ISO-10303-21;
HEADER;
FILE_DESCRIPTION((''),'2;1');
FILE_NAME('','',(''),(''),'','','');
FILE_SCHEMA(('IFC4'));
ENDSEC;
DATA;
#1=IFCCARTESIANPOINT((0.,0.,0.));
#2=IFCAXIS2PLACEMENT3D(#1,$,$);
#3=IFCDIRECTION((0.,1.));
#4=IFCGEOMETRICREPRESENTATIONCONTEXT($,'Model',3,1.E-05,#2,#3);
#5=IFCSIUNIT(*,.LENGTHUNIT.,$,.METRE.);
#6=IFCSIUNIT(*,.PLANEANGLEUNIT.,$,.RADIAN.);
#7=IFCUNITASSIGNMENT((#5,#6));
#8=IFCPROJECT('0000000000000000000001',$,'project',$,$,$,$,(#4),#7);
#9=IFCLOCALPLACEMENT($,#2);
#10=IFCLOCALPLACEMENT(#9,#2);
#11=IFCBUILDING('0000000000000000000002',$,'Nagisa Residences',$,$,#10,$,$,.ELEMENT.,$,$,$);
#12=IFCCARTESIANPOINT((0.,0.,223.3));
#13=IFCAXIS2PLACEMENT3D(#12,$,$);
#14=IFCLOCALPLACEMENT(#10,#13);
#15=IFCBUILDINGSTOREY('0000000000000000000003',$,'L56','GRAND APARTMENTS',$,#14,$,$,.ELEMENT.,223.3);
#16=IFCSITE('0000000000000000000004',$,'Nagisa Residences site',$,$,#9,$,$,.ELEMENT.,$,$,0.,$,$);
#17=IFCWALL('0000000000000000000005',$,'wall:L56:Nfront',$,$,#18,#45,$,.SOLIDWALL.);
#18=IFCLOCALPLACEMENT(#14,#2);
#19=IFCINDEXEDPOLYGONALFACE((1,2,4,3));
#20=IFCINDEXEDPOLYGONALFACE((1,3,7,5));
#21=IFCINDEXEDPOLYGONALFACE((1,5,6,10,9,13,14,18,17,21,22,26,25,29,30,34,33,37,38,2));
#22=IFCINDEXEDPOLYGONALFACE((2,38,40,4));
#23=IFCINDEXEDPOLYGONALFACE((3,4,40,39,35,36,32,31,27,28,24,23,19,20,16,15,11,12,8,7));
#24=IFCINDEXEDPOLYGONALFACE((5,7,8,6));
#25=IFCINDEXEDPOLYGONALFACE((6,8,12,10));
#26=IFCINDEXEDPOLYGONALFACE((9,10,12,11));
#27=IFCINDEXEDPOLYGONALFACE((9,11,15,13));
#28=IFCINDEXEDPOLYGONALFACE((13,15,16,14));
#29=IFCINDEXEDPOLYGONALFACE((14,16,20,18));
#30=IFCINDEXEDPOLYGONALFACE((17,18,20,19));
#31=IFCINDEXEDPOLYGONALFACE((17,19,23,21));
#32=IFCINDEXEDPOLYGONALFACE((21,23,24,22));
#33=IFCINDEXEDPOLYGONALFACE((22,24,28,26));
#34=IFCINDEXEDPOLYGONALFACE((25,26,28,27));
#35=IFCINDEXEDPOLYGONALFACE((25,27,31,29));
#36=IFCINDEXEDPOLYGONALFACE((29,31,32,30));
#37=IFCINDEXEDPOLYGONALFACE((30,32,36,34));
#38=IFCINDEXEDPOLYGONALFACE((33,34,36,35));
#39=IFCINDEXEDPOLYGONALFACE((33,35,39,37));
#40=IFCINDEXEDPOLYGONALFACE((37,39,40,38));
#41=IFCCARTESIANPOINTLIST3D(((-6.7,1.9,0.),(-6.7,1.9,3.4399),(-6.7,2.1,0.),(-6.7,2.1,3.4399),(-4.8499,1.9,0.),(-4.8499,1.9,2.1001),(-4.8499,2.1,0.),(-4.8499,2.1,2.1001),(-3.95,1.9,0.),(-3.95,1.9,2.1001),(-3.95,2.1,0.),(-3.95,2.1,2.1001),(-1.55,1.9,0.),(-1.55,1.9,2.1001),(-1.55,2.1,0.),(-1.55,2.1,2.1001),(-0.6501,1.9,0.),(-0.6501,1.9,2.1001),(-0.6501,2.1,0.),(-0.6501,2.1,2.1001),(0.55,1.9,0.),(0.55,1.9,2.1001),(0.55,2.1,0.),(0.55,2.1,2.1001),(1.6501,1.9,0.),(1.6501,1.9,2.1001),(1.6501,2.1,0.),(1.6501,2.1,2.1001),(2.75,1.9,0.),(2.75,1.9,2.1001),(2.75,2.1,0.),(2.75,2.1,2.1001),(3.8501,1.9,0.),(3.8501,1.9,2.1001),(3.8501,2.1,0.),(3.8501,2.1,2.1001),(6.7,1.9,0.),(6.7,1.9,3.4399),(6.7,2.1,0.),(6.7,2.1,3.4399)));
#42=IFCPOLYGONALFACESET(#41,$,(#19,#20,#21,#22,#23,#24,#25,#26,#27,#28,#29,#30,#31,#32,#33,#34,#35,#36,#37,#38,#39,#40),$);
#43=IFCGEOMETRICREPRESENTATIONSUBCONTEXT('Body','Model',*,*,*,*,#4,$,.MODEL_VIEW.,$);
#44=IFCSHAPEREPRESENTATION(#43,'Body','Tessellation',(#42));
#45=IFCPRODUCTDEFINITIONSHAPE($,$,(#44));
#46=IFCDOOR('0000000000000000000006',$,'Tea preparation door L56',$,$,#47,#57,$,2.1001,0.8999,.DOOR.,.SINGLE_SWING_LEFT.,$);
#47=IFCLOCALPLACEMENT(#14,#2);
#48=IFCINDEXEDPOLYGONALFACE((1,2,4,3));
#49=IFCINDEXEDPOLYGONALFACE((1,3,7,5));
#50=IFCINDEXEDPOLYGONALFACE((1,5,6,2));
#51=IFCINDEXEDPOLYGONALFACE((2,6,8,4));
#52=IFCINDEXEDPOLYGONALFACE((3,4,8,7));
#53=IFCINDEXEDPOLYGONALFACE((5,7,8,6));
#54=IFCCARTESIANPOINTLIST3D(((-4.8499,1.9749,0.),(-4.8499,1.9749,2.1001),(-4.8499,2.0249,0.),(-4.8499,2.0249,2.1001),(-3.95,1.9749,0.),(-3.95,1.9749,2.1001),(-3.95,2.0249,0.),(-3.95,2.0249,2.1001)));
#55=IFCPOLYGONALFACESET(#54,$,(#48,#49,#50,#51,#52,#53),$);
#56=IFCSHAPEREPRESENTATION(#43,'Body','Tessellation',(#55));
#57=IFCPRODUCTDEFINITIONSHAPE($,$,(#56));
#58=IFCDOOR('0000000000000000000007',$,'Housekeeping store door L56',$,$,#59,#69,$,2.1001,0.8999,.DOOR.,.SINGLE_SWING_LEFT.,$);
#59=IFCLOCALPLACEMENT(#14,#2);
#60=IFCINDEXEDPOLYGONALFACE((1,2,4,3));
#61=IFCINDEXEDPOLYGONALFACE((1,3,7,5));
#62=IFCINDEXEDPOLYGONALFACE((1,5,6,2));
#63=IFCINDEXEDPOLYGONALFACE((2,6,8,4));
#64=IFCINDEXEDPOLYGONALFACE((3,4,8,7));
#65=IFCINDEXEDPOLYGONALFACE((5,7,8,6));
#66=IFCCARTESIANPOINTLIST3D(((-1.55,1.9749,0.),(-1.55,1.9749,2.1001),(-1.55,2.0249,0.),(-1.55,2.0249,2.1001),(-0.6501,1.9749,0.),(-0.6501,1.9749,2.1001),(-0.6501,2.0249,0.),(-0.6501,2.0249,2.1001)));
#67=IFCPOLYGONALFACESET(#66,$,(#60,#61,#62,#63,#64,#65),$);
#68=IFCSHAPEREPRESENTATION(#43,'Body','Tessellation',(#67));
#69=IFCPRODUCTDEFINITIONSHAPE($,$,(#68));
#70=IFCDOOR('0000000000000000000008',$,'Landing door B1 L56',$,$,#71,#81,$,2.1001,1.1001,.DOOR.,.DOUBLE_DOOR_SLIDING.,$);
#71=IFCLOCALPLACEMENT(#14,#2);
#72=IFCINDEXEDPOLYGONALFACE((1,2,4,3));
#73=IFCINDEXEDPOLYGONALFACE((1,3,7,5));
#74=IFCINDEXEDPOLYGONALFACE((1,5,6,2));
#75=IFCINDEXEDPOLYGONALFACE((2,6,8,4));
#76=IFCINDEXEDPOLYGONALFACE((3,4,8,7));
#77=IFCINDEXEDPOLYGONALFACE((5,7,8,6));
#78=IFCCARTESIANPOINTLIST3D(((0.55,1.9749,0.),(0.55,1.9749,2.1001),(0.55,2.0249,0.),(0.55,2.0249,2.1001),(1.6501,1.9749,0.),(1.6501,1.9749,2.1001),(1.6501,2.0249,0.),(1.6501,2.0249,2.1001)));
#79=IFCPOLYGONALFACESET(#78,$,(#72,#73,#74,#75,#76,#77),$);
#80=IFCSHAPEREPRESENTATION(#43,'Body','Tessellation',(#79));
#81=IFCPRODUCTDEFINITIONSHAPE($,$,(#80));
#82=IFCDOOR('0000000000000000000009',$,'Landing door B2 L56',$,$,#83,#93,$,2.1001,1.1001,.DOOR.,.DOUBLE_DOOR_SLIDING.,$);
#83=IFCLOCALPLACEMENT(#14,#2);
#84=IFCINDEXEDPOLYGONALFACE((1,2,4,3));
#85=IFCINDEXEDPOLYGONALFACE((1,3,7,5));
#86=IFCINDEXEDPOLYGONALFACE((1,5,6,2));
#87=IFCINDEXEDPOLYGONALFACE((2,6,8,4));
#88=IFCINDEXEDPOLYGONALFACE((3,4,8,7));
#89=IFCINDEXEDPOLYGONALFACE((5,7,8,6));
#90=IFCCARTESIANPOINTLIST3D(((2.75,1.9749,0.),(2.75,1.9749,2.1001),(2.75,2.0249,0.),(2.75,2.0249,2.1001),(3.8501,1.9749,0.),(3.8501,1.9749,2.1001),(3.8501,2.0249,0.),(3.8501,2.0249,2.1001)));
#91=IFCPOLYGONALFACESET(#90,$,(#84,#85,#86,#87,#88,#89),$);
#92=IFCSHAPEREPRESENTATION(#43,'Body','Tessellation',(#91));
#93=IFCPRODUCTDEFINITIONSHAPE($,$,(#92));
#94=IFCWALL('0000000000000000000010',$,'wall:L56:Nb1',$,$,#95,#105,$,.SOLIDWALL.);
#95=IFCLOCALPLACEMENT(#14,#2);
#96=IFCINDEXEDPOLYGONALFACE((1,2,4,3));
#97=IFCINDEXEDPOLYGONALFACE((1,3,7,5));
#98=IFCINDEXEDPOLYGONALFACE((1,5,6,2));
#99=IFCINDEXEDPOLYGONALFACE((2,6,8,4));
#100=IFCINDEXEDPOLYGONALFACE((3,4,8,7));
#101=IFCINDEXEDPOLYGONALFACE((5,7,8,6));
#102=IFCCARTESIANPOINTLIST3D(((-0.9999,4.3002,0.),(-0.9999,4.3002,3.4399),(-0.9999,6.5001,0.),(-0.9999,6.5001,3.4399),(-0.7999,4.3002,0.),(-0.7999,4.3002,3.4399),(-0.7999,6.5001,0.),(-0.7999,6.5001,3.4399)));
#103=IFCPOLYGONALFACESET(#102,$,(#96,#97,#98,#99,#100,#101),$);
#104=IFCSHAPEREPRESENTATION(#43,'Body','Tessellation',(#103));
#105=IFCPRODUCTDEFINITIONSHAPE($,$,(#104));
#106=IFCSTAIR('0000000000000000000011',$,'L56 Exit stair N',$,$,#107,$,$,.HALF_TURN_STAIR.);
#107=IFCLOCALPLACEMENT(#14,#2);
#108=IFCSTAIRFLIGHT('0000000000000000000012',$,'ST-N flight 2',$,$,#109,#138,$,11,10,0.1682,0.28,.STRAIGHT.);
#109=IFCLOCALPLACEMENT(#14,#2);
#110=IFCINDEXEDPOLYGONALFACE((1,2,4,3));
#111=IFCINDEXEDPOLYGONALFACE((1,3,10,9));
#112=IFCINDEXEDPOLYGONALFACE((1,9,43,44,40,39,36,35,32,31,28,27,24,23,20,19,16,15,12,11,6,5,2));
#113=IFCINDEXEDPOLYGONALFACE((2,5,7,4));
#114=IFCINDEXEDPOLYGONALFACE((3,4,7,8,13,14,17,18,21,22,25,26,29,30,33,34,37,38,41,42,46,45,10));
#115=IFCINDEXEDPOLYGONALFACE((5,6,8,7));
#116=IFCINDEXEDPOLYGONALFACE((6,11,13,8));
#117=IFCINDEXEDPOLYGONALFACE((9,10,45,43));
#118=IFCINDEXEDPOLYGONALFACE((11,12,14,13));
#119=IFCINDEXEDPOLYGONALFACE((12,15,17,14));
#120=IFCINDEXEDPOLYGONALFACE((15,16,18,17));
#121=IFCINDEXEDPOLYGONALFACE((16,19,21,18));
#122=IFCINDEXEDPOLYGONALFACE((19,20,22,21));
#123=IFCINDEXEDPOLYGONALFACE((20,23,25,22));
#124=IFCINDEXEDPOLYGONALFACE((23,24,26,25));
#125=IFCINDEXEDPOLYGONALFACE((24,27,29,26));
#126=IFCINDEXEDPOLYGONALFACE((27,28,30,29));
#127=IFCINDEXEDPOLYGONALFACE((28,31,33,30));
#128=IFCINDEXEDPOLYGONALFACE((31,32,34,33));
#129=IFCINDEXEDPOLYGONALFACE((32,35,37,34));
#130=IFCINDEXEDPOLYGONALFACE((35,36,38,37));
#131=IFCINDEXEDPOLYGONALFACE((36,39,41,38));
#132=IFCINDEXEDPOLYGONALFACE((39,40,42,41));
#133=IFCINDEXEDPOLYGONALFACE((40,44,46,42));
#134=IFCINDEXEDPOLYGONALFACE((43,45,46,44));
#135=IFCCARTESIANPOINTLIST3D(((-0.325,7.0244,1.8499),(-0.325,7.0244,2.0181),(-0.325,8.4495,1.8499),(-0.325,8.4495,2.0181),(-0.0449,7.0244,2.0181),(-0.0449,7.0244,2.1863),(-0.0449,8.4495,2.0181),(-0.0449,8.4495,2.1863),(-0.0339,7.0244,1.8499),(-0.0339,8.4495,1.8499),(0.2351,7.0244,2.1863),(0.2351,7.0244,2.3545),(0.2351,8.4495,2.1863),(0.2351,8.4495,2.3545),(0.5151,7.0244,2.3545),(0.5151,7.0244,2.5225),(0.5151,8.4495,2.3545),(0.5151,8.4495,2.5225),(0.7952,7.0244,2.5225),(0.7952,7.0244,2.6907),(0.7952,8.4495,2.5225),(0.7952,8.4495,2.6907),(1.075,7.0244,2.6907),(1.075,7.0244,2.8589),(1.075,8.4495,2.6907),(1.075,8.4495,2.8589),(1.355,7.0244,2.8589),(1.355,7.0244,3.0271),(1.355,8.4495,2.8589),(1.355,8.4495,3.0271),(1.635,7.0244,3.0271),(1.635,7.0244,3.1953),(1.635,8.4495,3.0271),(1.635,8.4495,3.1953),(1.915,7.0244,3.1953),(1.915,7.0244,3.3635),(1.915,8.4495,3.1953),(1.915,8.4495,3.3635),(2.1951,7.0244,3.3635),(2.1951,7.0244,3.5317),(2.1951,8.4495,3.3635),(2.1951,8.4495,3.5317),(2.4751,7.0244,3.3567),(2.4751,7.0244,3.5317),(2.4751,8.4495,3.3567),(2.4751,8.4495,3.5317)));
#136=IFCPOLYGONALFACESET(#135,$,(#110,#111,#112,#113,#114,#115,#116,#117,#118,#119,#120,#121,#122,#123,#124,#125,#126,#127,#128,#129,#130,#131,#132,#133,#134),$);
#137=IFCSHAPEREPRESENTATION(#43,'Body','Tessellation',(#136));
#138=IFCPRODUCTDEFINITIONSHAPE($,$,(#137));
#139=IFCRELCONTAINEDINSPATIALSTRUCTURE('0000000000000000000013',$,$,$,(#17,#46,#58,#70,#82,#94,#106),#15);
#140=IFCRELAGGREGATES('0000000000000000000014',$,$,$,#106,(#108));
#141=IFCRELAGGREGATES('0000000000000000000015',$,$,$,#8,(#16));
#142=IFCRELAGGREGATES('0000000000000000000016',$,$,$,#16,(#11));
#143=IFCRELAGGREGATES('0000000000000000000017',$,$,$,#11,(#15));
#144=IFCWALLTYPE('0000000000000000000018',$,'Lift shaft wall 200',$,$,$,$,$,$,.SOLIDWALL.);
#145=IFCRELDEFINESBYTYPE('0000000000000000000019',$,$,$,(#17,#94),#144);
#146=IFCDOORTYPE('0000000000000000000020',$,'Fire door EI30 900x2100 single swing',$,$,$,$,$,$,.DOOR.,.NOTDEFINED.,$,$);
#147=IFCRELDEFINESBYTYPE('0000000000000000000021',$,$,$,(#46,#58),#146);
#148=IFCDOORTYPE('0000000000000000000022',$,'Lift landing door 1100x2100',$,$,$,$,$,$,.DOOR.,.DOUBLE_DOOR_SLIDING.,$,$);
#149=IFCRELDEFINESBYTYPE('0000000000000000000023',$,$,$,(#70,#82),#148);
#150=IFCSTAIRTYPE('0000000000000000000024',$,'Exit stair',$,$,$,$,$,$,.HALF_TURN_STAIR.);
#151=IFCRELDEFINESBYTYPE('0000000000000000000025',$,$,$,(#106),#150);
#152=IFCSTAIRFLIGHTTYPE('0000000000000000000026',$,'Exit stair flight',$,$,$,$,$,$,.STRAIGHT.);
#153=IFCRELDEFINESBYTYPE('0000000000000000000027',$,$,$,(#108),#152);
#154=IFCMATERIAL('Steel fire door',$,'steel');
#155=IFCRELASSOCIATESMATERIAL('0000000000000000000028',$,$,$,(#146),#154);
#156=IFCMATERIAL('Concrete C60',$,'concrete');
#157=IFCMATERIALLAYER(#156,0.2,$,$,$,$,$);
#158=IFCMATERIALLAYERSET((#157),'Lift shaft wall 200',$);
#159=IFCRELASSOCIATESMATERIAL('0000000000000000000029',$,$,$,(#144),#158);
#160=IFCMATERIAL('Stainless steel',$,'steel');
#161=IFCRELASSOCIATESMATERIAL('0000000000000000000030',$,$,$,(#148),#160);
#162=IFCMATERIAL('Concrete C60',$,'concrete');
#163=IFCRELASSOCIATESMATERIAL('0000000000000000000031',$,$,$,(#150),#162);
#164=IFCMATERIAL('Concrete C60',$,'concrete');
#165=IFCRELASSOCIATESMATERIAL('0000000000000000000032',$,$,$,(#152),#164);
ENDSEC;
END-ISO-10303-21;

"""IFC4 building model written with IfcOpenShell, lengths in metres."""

from ifc_helpers import new_model, si_unit, direction, frame, frame_2d, origin, place, context, subcontext, project, spatial, polyline, rectangle, outline, extrude, material, layer, layer_set, type_object, element, fill, aggregate, save


model = new_model("IFC4")

# Units and contexts
model_context = context("Model", 3, precision=1e-05, world=origin(), true_north=direction((0.0, 1.0)))
body_context = subcontext(model_context, "Body", "Model", "MODEL_VIEW")
ifc_project = project(units=[si_unit("LENGTHUNIT", "METRE"), si_unit("PLANEANGLEUNIT", "RADIAN")], contexts=[model_context])

# Site, building, storey
site_placement = place(None, origin())
site = spatial("IfcSite", under=ifc_project, at=site_placement, Name="Nagisa Residences site", CompositionType="ELEMENT", RefElevation=0.0)
building_placement = place(site_placement, origin())
building = spatial("IfcBuilding", under=site, at=building_placement, Name="Nagisa Residences", CompositionType="ELEMENT")
storey_placement = place(building_placement, frame((0.0, 0.0, 223.3)))
storey = spatial("IfcBuildingStorey", under=building, at=storey_placement, Name="L56", Description="GRAND APARTMENTS", CompositionType="ELEMENT", Elevation=223.3)

# Shared definitions
ifc_material_1 = material(Name="Steel fire door", Category="steel")
door_type_1 = type_object("IfcDoorType", Name="Fire door EI30 900x2100 single swing", OperationType="NOTDEFINED", PredefinedType="DOOR", material=ifc_material_1)

# Shared definitions
ifc_material_2 = material(Name="Concrete C60", Category="concrete")
ifc_layer_1 = layer(ifc_material_2, 0.2)
ifc_layer_set_1 = layer_set([ifc_layer_1], Name="Lift shaft wall 200")
wall_type_1 = type_object("IfcWallType", Name="Lift shaft wall 200", PredefinedType="SOLIDWALL", material=ifc_layer_set_1)
ifc_material_3 = material(Name="Stainless steel", Category="steel")
door_type_2 = type_object("IfcDoorType", Name="Lift landing door 1100x2100", OperationType="DOUBLE_DOOR_SLIDING", PredefinedType="DOOR", material=ifc_material_3)

# Wall, openings, doors
wall_1_placement = place(storey_placement, frame((-6.7, 2.0, 0.0), z_axis=(0.0, 0.0, 1.0), x_axis=(1.0, 0.0, 0.0)))
wall_1 = element("IfcWall", 1, at=wall_1_placement, inside=storey, type_object=wall_type_1, Name="wall:L56:Nfront", PredefinedType="SOLIDWALL", context=body_context, shape_type="SweptSolid", body=[
    extrude(rectangle(XDim=13.3999, YDim=0.2, at=frame_2d((6.7, 0.0))), origin(), (0.0, 0.0, 1.0), 3.4399),
])
opening_1_placement = place(wall_1_placement, frame((7.25, 0.0, 0.0)))
opening_1 = element("IfcOpeningElement", 2, at=opening_1_placement, cuts=wall_1, PredefinedType="OPENING", context=body_context, shape_type="SweptSolid", body=[
    extrude(rectangle(XDim=1.1001, YDim=2.1001, at=frame_2d((0.55, 1.05))), frame((0.0, 0.1099, 0.0), z_axis=(0.0, -1.0, 0.0), x_axis=(1.0, 0.0, 0.0)), (0.0, 0.0, 1.0), 0.22),
])
opening_2_placement = place(wall_1_placement, frame((9.45, 0.0, 0.0)))
opening_2 = element("IfcOpeningElement", 3, at=opening_2_placement, cuts=wall_1, PredefinedType="OPENING", context=body_context, shape_type="SweptSolid", body=[
    extrude(rectangle(XDim=1.1001, YDim=2.1001, at=frame_2d((0.55, 1.05))), frame((0.0, 0.1099, 0.0), z_axis=(0.0, -1.0, 0.0), x_axis=(1.0, 0.0, 0.0)), (0.0, 0.0, 1.0), 0.22),
])
opening_3_placement = place(wall_1_placement, frame((1.8501, 0.0, 0.0)))
opening_3 = element("IfcOpeningElement", 4, at=opening_3_placement, cuts=wall_1, PredefinedType="OPENING", context=body_context, shape_type="SweptSolid", body=[
    extrude(rectangle(XDim=0.8999, YDim=2.1001, at=frame_2d((0.45, 1.05))), frame((0.0, 0.1099, 0.0), z_axis=(0.0, -1.0, 0.0), x_axis=(1.0, 0.0, 0.0)), (0.0, 0.0, 1.0), 0.22),
])
opening_4_placement = place(wall_1_placement, frame((5.1499, 0.0, 0.0)))
opening_4 = element("IfcOpeningElement", 5, at=opening_4_placement, cuts=wall_1, PredefinedType="OPENING", context=body_context, shape_type="SweptSolid", body=[
    extrude(rectangle(XDim=0.8999, YDim=2.1001, at=frame_2d((0.45, 1.05))), frame((0.0, 0.1099, 0.0), z_axis=(0.0, -1.0, 0.0), x_axis=(1.0, 0.0, 0.0)), (0.0, 0.0, 1.0), 0.22),
])
door_1_placement = place(opening_3_placement, origin())
door_1 = element("IfcDoor", 6, at=door_1_placement, inside=storey, type_object=door_type_1, Name="Tea preparation door L56", OperationType="SINGLE_SWING_LEFT", OverallHeight=2.1001, OverallWidth=0.8999, PredefinedType="DOOR", context=body_context, shape_type="SweptSolid", body=[
    extrude(rectangle(XDim=0.8999, YDim=2.1001, at=frame_2d((0.45, 1.05))), frame((0.0, 0.0249, 0.0), z_axis=(0.0, -1.0, 0.0), x_axis=(1.0, 0.0, 0.0)), (0.0, 0.0, 1.0), 0.05),
])
fill(opening_3, door_1)
door_2_placement = place(opening_4_placement, origin())
door_2 = element("IfcDoor", 7, at=door_2_placement, inside=storey, type_object=door_type_1, Name="Housekeeping store door L56", OperationType="SINGLE_SWING_LEFT", OverallHeight=2.1001, OverallWidth=0.8999, PredefinedType="DOOR", context=body_context, shape_type="SweptSolid", body=[
    extrude(rectangle(XDim=0.8999, YDim=2.1001, at=frame_2d((0.45, 1.05))), frame((0.0, 0.0249, 0.0), z_axis=(0.0, -1.0, 0.0), x_axis=(1.0, 0.0, 0.0)), (0.0, 0.0, 1.0), 0.05),
])
fill(opening_4, door_2)
door_3_placement = place(opening_1_placement, origin())
door_3 = element("IfcDoor", 8, at=door_3_placement, inside=storey, type_object=door_type_2, Name="Landing door B1 L56", OperationType="DOUBLE_DOOR_SLIDING", OverallHeight=2.1001, OverallWidth=1.1001, PredefinedType="DOOR", context=body_context, shape_type="SweptSolid", body=[
    extrude(rectangle(XDim=1.1001, YDim=2.1001, at=frame_2d((0.55, 1.05))), frame((0.0, 0.0249, 0.0), z_axis=(0.0, -1.0, 0.0), x_axis=(1.0, 0.0, 0.0)), (0.0, 0.0, 1.0), 0.05),
])
fill(opening_1, door_3)
door_4_placement = place(opening_2_placement, origin())
door_4 = element("IfcDoor", 9, at=door_4_placement, inside=storey, type_object=door_type_2, Name="Landing door B2 L56", OperationType="DOUBLE_DOOR_SLIDING", OverallHeight=2.1001, OverallWidth=1.1001, PredefinedType="DOOR", context=body_context, shape_type="SweptSolid", body=[
    extrude(rectangle(XDim=1.1001, YDim=2.1001, at=frame_2d((0.55, 1.05))), frame((0.0, 0.0249, 0.0), z_axis=(0.0, -1.0, 0.0), x_axis=(1.0, 0.0, 0.0)), (0.0, 0.0, 1.0), 0.05),
])
fill(opening_2, door_4)

# Wall
wall_2_placement = place(storey_placement, frame((-0.8999, 4.3, 0.0), z_axis=(0.0, 0.0, 1.0), x_axis=(0.0, 1.0, 0.0)))
element("IfcWall", 10, at=wall_2_placement, inside=storey, type_object=wall_type_1, Name="wall:L56:Nb1", PredefinedType="SOLIDWALL", context=body_context, shape_type="SweptSolid", body=[
    extrude(rectangle(XDim=2.2, YDim=0.2, at=frame_2d((1.1001, 0.0))), origin(), (0.0, 0.0, 1.0), 3.4399),
])

# Stair, stair flight
ifc_material_4 = material(Name="Concrete C60", Category="concrete")
stair_type = type_object("IfcStairType", Name="Exit stair", PredefinedType="HALF_TURN_STAIR", material=ifc_material_4)
stair_placement = place(storey_placement, origin())
stair = element("IfcStair", 11, at=stair_placement, inside=storey, type_object=stair_type, Name="L56 Exit stair N", PredefinedType="HALF_TURN_STAIR")
ifc_material_5 = material(Name="Concrete C60", Category="concrete")
stair_flight_type = type_object("IfcStairFlightType", Name="Exit stair flight", PredefinedType="STRAIGHT", material=ifc_material_5)
stair_flight_placement = place(storey_placement, frame((-0.325, 7.7371, 1.8499), z_axis=(0.0, 0.0, 1.0), x_axis=(1.0, 0.0, 0.0)))
stair_flight = element("IfcStairFlight", 12, at=stair_flight_placement, type_object=stair_flight_type, Name="ST-N flight 2", NumberOfRisers=11, NumberOfTreads=10, PredefinedType="STRAIGHT", RiserHeight=0.1682, TreadLength=0.28, context=body_context, shape_type="SweptSolid", body=[
    extrude(outline(polyline([(0.0, 0.0), (0.0, 0.1682), (0.28, 0.1682), (0.28, 0.3364), (0.5601, 0.3364), (0.5601, 0.5046), (0.8401, 0.5046), (0.8401, 0.6726), (1.1201, 0.6726), (1.1201, 0.8408), (1.3999, 0.8408), (1.3999, 1.009), (1.6799, 1.009), (1.6799, 1.1772), (1.96, 1.1772), (1.96, 1.3455), (2.24, 1.3455), (2.24, 1.5137), (2.52, 1.5137), (2.52, 1.6819), (2.8, 1.6819), (2.8, 1.8501), (2.8, 1.5068), (0.291, 0.0), (0.0, 0.0)])), frame((0.0, 0.7124, 0.0), z_axis=(0.0, -1.0, 0.0), x_axis=(1.0, 0.0, 0.0)), (0.0, 0.0, 1.0), 1.425),
])
aggregate(stair, [stair_flight])

save(model, "model.ifc")
